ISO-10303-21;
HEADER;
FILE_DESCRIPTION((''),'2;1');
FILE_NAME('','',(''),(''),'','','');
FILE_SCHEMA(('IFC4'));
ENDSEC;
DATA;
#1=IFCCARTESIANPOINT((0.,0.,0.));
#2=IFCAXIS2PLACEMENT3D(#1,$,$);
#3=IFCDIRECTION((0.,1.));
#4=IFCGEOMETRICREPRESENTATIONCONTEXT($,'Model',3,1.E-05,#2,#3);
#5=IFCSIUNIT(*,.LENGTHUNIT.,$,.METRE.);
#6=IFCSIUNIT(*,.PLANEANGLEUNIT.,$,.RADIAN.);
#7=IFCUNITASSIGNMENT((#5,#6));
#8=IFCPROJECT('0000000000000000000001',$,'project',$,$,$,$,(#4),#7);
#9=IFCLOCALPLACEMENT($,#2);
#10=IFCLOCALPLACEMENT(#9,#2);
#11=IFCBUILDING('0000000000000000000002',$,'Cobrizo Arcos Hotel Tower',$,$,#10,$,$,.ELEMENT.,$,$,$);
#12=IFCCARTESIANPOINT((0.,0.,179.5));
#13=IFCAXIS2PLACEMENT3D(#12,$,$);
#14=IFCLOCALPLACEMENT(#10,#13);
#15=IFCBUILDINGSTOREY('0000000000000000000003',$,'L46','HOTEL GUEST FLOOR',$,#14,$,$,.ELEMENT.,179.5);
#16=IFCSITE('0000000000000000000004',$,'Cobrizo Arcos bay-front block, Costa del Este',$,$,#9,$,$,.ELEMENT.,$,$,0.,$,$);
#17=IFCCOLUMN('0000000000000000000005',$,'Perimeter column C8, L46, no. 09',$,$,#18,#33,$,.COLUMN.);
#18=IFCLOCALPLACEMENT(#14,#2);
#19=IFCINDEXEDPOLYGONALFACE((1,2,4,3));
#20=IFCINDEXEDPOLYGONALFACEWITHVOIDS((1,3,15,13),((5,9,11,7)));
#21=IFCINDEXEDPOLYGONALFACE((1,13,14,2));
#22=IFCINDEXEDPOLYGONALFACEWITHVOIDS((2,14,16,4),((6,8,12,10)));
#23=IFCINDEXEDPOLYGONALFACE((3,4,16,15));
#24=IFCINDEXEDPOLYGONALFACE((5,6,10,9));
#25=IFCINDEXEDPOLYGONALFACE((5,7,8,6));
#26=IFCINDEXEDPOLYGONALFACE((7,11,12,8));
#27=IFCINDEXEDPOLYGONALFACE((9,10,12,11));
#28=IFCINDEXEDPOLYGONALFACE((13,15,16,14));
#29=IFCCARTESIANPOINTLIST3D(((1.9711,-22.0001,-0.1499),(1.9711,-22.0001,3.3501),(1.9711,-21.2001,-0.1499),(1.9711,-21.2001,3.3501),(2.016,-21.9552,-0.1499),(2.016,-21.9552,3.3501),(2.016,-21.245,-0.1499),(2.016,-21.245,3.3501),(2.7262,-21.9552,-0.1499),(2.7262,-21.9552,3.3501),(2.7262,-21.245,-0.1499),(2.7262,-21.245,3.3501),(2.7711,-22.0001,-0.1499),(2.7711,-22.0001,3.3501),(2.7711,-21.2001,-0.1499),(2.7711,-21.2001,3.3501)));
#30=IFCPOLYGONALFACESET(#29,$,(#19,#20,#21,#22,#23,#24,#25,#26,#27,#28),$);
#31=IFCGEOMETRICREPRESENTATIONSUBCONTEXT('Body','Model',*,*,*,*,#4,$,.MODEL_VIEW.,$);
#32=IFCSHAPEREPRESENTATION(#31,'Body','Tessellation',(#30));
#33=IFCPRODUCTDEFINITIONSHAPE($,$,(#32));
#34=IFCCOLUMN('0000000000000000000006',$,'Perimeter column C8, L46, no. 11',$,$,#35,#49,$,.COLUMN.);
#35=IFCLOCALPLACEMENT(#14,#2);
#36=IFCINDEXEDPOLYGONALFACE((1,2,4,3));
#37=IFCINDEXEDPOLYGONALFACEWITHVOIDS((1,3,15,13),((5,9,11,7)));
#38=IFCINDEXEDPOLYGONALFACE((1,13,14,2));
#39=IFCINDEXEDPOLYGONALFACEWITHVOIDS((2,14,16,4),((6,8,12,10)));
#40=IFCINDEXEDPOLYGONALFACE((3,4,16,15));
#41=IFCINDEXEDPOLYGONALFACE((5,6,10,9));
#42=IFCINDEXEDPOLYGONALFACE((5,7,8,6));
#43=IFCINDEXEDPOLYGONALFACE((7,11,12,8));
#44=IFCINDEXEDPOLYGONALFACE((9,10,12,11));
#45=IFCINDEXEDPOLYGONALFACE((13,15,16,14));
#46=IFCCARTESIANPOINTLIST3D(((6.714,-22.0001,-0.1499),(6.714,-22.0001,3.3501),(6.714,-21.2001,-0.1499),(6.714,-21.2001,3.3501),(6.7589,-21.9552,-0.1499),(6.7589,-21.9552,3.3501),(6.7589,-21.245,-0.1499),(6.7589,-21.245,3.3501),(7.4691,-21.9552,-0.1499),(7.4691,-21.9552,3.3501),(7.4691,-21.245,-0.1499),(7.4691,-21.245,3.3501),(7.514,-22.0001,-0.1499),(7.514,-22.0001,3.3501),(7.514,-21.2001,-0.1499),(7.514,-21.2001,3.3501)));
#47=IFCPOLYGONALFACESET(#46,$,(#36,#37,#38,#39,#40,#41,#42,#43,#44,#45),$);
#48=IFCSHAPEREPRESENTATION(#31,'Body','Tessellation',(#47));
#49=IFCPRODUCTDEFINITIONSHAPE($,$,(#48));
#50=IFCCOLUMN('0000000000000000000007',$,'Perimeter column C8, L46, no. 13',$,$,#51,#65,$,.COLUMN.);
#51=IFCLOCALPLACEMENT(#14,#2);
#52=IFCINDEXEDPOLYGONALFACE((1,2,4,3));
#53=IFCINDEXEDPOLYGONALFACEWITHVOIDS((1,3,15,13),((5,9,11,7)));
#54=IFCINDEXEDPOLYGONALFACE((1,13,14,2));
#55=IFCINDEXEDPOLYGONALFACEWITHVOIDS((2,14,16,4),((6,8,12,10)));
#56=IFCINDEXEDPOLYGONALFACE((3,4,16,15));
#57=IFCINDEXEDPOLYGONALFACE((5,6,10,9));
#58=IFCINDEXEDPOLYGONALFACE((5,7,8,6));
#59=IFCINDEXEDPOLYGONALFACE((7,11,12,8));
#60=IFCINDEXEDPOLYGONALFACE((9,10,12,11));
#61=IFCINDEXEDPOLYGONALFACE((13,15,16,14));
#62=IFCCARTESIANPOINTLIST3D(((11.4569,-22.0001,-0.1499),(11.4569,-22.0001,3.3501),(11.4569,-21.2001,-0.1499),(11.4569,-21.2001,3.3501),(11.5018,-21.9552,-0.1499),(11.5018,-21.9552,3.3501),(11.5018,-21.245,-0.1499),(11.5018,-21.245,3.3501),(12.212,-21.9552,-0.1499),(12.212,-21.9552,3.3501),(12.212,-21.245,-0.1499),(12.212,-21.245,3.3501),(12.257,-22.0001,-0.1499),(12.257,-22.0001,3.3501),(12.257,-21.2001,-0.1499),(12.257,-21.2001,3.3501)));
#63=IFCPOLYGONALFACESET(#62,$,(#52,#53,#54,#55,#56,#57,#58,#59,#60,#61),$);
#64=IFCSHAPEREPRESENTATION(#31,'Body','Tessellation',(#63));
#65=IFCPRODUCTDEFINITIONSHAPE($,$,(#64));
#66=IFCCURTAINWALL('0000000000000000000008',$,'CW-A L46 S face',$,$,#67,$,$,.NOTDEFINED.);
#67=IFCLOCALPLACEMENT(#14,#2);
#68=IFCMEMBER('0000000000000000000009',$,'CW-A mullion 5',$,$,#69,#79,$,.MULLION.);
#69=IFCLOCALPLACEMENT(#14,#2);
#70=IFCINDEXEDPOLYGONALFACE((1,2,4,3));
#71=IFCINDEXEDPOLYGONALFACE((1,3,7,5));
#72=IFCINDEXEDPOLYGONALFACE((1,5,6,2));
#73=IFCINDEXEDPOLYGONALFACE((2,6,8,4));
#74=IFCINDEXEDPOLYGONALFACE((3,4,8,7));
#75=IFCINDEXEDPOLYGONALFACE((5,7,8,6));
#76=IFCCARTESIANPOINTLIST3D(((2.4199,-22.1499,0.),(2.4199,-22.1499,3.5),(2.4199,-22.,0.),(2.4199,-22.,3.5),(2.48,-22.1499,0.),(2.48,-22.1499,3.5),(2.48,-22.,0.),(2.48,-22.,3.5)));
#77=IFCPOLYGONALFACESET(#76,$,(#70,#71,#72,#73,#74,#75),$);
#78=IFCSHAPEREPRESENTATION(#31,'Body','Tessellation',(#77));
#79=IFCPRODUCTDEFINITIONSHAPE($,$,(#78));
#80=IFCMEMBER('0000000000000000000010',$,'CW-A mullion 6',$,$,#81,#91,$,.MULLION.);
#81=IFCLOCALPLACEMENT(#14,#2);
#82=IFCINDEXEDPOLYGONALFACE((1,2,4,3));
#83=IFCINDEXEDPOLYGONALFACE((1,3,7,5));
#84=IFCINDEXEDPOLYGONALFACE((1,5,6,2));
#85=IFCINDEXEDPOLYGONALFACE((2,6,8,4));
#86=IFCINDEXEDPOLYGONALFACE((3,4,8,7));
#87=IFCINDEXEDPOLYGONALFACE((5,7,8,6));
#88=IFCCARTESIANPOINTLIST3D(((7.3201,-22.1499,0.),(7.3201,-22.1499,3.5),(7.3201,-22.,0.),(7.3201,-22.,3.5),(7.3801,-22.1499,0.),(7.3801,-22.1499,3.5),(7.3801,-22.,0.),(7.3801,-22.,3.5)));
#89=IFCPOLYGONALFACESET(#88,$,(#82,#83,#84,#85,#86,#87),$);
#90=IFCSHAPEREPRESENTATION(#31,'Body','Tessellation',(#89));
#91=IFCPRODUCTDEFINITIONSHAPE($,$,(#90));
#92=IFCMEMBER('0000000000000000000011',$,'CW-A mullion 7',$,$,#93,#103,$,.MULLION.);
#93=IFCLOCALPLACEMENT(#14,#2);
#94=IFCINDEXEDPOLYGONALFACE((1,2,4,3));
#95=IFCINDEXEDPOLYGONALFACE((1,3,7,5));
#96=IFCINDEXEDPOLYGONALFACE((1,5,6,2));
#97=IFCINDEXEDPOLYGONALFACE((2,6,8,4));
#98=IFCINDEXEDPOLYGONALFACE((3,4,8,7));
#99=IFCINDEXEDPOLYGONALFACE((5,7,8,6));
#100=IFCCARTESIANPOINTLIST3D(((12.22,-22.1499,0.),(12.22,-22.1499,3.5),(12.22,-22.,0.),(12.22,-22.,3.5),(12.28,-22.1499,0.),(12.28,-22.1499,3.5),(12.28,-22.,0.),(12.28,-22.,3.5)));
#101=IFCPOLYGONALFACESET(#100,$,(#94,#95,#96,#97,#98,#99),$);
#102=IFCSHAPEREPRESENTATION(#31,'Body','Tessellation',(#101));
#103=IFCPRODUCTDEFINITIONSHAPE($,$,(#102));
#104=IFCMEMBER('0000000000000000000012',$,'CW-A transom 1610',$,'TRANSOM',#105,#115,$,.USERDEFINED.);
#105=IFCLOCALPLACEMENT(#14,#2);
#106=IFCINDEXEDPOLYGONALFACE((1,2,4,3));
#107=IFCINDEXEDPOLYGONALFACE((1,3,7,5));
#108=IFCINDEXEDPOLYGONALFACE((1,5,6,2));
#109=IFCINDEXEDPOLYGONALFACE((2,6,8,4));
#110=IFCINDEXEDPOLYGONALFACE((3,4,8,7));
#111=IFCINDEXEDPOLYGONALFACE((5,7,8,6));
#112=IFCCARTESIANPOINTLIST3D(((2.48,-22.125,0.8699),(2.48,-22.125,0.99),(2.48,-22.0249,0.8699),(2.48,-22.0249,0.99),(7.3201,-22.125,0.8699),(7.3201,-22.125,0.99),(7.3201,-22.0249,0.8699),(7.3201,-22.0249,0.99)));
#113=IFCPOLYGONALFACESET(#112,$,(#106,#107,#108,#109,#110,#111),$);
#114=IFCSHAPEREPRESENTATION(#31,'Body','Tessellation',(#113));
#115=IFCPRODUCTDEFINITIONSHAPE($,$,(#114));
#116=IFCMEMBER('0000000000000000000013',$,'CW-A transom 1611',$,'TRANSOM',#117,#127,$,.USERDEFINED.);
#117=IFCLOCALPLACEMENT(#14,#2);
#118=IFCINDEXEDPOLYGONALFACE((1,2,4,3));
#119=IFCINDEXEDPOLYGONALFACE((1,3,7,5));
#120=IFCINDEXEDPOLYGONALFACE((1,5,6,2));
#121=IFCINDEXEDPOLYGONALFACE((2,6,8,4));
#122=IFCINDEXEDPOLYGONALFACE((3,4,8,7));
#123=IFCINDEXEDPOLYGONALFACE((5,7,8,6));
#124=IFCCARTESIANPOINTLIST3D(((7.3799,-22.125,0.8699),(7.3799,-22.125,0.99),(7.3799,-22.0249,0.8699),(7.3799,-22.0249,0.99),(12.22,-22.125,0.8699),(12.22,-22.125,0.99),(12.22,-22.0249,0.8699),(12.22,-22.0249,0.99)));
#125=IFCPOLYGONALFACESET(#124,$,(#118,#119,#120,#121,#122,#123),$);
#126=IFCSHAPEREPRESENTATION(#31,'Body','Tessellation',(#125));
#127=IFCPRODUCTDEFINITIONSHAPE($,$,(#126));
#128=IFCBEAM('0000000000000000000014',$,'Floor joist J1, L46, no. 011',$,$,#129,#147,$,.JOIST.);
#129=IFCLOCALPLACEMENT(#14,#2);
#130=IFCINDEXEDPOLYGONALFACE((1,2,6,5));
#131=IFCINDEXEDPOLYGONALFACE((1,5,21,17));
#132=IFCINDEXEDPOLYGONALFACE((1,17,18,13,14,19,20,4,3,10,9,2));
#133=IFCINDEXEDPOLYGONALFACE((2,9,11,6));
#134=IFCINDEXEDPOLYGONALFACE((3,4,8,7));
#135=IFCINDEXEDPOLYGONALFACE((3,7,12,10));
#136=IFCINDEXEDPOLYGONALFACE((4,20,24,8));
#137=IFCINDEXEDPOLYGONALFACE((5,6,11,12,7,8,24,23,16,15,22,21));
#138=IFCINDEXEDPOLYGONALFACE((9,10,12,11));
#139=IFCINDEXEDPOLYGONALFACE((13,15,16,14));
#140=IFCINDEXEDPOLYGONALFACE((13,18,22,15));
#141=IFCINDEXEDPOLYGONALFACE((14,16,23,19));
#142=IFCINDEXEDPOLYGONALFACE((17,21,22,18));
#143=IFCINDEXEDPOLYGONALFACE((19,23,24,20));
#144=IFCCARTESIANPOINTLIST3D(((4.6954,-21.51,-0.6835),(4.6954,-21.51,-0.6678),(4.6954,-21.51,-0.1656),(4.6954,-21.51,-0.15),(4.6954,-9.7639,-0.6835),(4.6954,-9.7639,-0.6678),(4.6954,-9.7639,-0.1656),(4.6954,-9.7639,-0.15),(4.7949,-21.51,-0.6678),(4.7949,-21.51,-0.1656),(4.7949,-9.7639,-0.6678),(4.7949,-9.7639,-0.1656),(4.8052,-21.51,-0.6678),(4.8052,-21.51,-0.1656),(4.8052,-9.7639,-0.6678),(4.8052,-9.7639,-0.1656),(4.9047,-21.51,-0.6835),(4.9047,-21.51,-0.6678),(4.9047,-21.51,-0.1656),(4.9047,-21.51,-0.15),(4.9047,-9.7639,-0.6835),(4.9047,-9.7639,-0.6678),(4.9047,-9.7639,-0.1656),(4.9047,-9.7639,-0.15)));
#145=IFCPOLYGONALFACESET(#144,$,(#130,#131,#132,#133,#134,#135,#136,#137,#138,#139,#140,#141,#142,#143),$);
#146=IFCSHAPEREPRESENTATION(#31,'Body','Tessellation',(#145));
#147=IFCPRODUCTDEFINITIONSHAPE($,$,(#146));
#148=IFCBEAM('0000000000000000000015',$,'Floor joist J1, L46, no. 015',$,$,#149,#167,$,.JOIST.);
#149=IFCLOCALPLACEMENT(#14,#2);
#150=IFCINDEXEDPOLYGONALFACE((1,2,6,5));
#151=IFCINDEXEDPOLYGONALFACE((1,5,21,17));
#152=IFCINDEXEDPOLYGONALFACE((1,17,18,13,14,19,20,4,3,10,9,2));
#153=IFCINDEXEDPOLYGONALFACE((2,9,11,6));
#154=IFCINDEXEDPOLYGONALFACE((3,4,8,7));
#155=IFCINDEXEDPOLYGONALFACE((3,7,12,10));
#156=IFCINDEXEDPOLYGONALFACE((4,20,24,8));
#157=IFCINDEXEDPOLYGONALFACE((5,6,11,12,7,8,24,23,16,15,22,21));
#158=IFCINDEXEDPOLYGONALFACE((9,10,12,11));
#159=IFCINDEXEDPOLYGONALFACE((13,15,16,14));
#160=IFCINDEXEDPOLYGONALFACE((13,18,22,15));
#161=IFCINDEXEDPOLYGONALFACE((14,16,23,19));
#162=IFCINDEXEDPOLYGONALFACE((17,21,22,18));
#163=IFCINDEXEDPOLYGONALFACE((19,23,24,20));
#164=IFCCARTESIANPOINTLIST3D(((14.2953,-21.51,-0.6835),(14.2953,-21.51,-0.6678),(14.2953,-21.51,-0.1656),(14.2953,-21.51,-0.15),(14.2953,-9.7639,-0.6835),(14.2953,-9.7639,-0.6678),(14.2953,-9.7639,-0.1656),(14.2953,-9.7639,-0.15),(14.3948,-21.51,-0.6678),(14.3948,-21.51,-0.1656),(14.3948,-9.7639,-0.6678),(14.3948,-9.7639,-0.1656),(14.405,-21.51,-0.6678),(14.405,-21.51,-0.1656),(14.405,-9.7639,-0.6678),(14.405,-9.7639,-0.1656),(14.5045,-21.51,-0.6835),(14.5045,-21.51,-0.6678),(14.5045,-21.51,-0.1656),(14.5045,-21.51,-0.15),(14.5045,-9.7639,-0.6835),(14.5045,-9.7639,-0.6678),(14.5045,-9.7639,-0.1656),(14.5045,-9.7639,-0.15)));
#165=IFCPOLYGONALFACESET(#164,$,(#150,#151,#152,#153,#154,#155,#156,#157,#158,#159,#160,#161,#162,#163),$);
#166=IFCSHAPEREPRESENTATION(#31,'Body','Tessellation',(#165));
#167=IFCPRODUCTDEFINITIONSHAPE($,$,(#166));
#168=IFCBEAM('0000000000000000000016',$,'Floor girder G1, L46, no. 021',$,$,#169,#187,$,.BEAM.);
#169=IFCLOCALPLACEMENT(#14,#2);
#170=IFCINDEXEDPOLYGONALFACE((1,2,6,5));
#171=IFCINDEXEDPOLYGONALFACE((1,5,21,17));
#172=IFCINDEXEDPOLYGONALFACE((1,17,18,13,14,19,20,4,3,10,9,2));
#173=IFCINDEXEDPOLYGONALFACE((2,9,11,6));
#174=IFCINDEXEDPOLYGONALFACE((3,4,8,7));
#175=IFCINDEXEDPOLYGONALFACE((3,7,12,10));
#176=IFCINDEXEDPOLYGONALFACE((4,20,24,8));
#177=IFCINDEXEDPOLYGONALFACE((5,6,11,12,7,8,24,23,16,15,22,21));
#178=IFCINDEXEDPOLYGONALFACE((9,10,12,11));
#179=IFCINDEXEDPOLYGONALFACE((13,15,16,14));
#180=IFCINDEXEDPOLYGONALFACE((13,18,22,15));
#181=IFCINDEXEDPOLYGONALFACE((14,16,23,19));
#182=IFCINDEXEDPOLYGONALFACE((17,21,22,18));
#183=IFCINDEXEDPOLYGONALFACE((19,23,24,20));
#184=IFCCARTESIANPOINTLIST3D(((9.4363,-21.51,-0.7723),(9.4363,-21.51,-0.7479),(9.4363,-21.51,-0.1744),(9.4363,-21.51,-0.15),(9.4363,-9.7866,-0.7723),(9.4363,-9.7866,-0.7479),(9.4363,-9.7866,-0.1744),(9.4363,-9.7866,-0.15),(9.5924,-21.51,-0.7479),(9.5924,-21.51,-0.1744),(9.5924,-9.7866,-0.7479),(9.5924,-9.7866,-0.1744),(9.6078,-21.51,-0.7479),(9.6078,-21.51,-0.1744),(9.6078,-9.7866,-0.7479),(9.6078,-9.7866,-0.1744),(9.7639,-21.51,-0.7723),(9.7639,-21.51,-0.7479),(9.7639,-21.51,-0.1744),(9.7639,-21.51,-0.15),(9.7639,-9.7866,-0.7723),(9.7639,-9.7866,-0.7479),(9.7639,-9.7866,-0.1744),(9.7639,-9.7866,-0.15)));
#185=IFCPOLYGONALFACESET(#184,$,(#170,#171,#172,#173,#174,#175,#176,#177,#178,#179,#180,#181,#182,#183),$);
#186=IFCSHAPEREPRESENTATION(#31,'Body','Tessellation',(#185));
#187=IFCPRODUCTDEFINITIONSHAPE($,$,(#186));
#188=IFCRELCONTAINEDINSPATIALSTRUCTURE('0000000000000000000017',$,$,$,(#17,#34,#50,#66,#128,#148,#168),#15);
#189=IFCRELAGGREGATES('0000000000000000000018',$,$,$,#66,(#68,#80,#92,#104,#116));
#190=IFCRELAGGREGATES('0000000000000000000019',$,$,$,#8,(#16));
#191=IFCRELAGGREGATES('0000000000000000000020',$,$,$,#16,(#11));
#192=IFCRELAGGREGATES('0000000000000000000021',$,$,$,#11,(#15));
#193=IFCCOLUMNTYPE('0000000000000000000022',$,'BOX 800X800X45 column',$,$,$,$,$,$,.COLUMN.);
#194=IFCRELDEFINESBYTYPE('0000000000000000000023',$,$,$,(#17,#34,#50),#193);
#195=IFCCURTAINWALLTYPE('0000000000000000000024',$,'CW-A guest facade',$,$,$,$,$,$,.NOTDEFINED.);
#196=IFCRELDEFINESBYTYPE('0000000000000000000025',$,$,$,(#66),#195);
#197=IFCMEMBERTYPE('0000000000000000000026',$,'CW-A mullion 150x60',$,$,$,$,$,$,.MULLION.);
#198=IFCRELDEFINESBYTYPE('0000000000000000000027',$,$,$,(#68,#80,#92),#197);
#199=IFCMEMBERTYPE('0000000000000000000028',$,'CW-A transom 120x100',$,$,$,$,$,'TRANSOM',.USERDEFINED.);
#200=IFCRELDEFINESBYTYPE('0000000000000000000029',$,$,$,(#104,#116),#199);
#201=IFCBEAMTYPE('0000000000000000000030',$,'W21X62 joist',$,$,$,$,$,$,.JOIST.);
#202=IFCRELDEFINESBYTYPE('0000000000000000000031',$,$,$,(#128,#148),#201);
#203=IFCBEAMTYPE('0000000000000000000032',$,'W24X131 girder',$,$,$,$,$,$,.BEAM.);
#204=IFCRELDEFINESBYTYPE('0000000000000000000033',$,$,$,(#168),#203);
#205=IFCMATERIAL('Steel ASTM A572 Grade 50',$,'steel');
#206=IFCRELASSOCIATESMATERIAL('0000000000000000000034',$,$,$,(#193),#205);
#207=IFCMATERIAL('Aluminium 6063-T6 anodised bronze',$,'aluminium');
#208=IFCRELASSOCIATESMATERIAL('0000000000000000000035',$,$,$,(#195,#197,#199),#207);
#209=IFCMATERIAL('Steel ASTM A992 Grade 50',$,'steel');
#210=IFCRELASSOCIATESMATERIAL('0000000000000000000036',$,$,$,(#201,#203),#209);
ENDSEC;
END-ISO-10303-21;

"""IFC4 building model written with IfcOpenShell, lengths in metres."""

from ifc_helpers import new_model, si_unit, direction, frame, origin, origin_2d, place, context, subcontext, project, spatial, rectangle, hollow_rectangle, i_section, extrude, material, material_profile, profile_set, type_object, element, aggregate, save


model = new_model("IFC4")

# Units and contexts
model_context = context("Model", 3, precision=1e-05, world=origin(), true_north=direction((0.0, 1.0)))
body_context = subcontext(model_context, "Body", "Model", "MODEL_VIEW")
ifc_project = project(units=[si_unit("LENGTHUNIT", "METRE"), si_unit("PLANEANGLEUNIT", "RADIAN")], contexts=[model_context])

# Site, building, storey
site_placement = place(None, origin())
site = spatial("IfcSite", under=ifc_project, at=site_placement, Name="Cobrizo Arcos bay-front block, Costa del Este", CompositionType="ELEMENT", RefElevation=0.0)
building_placement = place(site_placement, origin())
building = spatial("IfcBuilding", under=site, at=building_placement, Name="Cobrizo Arcos Hotel Tower", CompositionType="ELEMENT")
storey_placement = place(building_placement, frame((0.0, 0.0, 179.5)))
storey = spatial("IfcBuildingStorey", under=building, at=storey_placement, Name="L46", Description="HOTEL GUEST FLOOR", CompositionType="ELEMENT", Elevation=179.5)

# Columns
ifc_material_1 = material(Name="Steel ASTM A572 Grade 50", Category="steel")
ifc_material_profile_1 = material_profile(ifc_material_1, hollow_rectangle(XDim=0.8, YDim=0.8, WallThickness=0.0449, at=origin_2d()), Name="BOX 800X800X45")
ifc_profile_set_1 = profile_set([ifc_material_profile_1], Name="Steel ASTM A572 Grade 50")
column_type = type_object("IfcColumnType", Name="BOX 800X800X45 column", PredefinedType="COLUMN", material=ifc_profile_set_1)
for number, where, z_axis, x_axis, name in (
    (1, (2.3711, -21.6001, -0.1499), (0.0, 0.0, 1.0), (1.0, 0.0, 0.0), "Perimeter column C8, L46, no. 09"),
    (2, (7.114, -21.6001, -0.1499), (0.0, 0.0, 1.0), (1.0, 0.0, 0.0), "Perimeter column C8, L46, no. 11"),
    (3, (11.8569, -21.6001, -0.1499), (0.0, 0.0, 1.0), (1.0, 0.0, 0.0), "Perimeter column C8, L46, no. 13"),
):
    element("IfcColumn", number, at=place(storey_placement, frame(where, z_axis=z_axis, x_axis=x_axis)), inside=storey, type_object=column_type, Name=name, PredefinedType="COLUMN", context=body_context, shape_type="SweptSolid", body=[
        extrude(hollow_rectangle(XDim=0.8, YDim=0.8, WallThickness=0.0449, at=origin_2d()), origin(), (0.0, 0.0, 1.0), 3.5),
    ])

# Curtain wall, members
ifc_material_2 = material(Name="Aluminium 6063-T6 anodised bronze", Category="aluminium")
curtain_wall_type = type_object("IfcCurtainWallType", Name="CW-A guest facade", PredefinedType="NOTDEFINED", material=ifc_material_2)
curtain_wall_placement = place(storey_placement, origin())
curtain_wall = element("IfcCurtainWall", 4, at=curtain_wall_placement, inside=storey, type_object=curtain_wall_type, Name="CW-A L46 S face", PredefinedType="NOTDEFINED")
ifc_material_profile_2 = material_profile(ifc_material_2, rectangle(XDim=0.1499, YDim=0.0601, at=origin_2d()), Name="CW-A mullion 150x60")
ifc_profile_set_2 = profile_set([ifc_material_profile_2], Name="Aluminium 6063-T6 anodised bronze")
member_type_1 = type_object("IfcMemberType", Name="CW-A mullion 150x60", PredefinedType="MULLION", material=ifc_profile_set_2)
member_1_placement = place(storey_placement, frame((2.45, -22.075, 0.0), z_axis=(0.0, 0.0, 1.0), x_axis=(0.0, -1.0, 0.0)))
member_1 = element("IfcMember", 5, at=member_1_placement, type_object=member_type_1, Name="CW-A mullion 5", PredefinedType="MULLION", context=body_context, shape_type="SweptSolid", body=[
    extrude(rectangle(XDim=0.1499, YDim=0.0601, at=origin_2d()), origin(), (0.0, 0.0, 1.0), 3.5),
])
member_2_placement = place(storey_placement, frame((7.3501, -22.075, 0.0), z_axis=(0.0, 0.0, 1.0), x_axis=(0.0, -1.0, 0.0)))
member_2 = element("IfcMember", 6, at=member_2_placement, type_object=member_type_1, Name="CW-A mullion 6", PredefinedType="MULLION", context=body_context, shape_type="SweptSolid", body=[
    extrude(rectangle(XDim=0.1499, YDim=0.0601, at=origin_2d()), origin(), (0.0, 0.0, 1.0), 3.5),
])
member_3_placement = place(storey_placement, frame((12.25, -22.075, 0.0), z_axis=(0.0, 0.0, 1.0), x_axis=(0.0, -1.0, 0.0)))
member_3 = element("IfcMember", 7, at=member_3_placement, type_object=member_type_1, Name="CW-A mullion 7", PredefinedType="MULLION", context=body_context, shape_type="SweptSolid", body=[
    extrude(rectangle(XDim=0.1499, YDim=0.0601, at=origin_2d()), origin(), (0.0, 0.0, 1.0), 3.5),
])
ifc_material_profile_3 = material_profile(ifc_material_2, rectangle(XDim=0.1001, YDim=0.1201, at=origin_2d()), Name="CW-A transom 120x100")
ifc_profile_set_3 = profile_set([ifc_material_profile_3], Name="Aluminium 6063-T6 anodised bronze")
member_type_2 = type_object("IfcMemberType", Name="CW-A transom 120x100", ElementType="TRANSOM", PredefinedType="USERDEFINED", material=ifc_profile_set_3)
member_4_placement = place(storey_placement, frame((2.48, -22.075, 0.9299), z_axis=(1.0, 0.0, 0.0), x_axis=(0.0, 1.0, 0.0)))
member_4 = element("IfcMember", 8, at=member_4_placement, type_object=member_type_2, Name="CW-A transom 1610", ObjectType="TRANSOM", PredefinedType="USERDEFINED", context=body_context, shape_type="SweptSolid", body=[
    extrude(rectangle(XDim=0.1001, YDim=0.1201, at=origin_2d()), origin(), (0.0, 0.0, 1.0), 4.8401),
])
member_5_placement = place(storey_placement, frame((7.3799, -22.075, 0.9299), z_axis=(1.0, 0.0, 0.0), x_axis=(0.0, 1.0, 0.0)))
member_5 = element("IfcMember", 9, at=member_5_placement, type_object=member_type_2, Name="CW-A transom 1611", ObjectType="TRANSOM", PredefinedType="USERDEFINED", context=body_context, shape_type="SweptSolid", body=[
    extrude(rectangle(XDim=0.1001, YDim=0.1201, at=origin_2d()), origin(), (0.0, 0.0, 1.0), 4.8401),
])

# Beams
ifc_material_3 = material(Name="Steel ASTM A992 Grade 50", Category="steel")
ifc_material_profile_4 = material_profile(ifc_material_3, i_section(OverallWidth=0.2092, OverallDepth=0.5334, WebThickness=0.0103, FlangeThickness=0.0156, at=origin_2d()), Name="W21X62")
ifc_profile_set_4 = profile_set([ifc_material_profile_4], Name="Steel ASTM A992 Grade 50")
beam_type_1 = type_object("IfcBeamType", Name="W21X62 joist", PredefinedType="JOIST", material=ifc_profile_set_4)
for number, where, z_axis, x_axis, name in (
    (10, (4.8, -21.51, -0.4167), (0.0, 1.0, 0.0), (-1.0, 0.0, 0.0), "Floor joist J1, L46, no. 011"),
    (11, (14.3999, -21.51, -0.4167), (0.0, 1.0, 0.0), (-1.0, 0.0, 0.0), "Floor joist J1, L46, no. 015"),
):
    element("IfcBeam", number, at=place(storey_placement, frame(where, z_axis=z_axis, x_axis=x_axis)), inside=storey, type_object=beam_type_1, Name=name, PredefinedType="JOIST", context=body_context, shape_type="SweptSolid", body=[
        extrude(i_section(OverallWidth=0.2092, OverallDepth=0.5334, WebThickness=0.0103, FlangeThickness=0.0156, at=origin_2d()), origin(), (0.0, 0.0, 1.0), 11.7461),
    ])
ifc_material_profile_5 = material_profile(ifc_material_3, i_section(OverallWidth=0.3276, OverallDepth=0.6223, WebThickness=0.0154, FlangeThickness=0.0244, at=origin_2d()), Name="W24X131")
ifc_profile_set_5 = profile_set([ifc_material_profile_5], Name="Steel ASTM A992 Grade 50")
beam_type_2 = type_object("IfcBeamType", Name="W24X131 girder", PredefinedType="BEAM", material=ifc_profile_set_5)
beam_1_placement = place(storey_placement, frame((9.6001, -21.51, -0.4612), z_axis=(0.0, 1.0, 0.0), x_axis=(-1.0, 0.0, 0.0)))
element("IfcBeam", 12, at=beam_1_placement, inside=storey, type_object=beam_type_2, Name="Floor girder G1, L46, no. 021", PredefinedType="BEAM", context=body_context, shape_type="SweptSolid", body=[
    extrude(i_section(OverallWidth=0.3276, OverallDepth=0.6223, WebThickness=0.0154, FlangeThickness=0.0244, at=origin_2d()), origin(), (0.0, 0.0, 1.0), 11.7234),
])

aggregate(curtain_wall, [member_1, member_2, member_3, member_4, member_5])

save(model, "model.ifc")
